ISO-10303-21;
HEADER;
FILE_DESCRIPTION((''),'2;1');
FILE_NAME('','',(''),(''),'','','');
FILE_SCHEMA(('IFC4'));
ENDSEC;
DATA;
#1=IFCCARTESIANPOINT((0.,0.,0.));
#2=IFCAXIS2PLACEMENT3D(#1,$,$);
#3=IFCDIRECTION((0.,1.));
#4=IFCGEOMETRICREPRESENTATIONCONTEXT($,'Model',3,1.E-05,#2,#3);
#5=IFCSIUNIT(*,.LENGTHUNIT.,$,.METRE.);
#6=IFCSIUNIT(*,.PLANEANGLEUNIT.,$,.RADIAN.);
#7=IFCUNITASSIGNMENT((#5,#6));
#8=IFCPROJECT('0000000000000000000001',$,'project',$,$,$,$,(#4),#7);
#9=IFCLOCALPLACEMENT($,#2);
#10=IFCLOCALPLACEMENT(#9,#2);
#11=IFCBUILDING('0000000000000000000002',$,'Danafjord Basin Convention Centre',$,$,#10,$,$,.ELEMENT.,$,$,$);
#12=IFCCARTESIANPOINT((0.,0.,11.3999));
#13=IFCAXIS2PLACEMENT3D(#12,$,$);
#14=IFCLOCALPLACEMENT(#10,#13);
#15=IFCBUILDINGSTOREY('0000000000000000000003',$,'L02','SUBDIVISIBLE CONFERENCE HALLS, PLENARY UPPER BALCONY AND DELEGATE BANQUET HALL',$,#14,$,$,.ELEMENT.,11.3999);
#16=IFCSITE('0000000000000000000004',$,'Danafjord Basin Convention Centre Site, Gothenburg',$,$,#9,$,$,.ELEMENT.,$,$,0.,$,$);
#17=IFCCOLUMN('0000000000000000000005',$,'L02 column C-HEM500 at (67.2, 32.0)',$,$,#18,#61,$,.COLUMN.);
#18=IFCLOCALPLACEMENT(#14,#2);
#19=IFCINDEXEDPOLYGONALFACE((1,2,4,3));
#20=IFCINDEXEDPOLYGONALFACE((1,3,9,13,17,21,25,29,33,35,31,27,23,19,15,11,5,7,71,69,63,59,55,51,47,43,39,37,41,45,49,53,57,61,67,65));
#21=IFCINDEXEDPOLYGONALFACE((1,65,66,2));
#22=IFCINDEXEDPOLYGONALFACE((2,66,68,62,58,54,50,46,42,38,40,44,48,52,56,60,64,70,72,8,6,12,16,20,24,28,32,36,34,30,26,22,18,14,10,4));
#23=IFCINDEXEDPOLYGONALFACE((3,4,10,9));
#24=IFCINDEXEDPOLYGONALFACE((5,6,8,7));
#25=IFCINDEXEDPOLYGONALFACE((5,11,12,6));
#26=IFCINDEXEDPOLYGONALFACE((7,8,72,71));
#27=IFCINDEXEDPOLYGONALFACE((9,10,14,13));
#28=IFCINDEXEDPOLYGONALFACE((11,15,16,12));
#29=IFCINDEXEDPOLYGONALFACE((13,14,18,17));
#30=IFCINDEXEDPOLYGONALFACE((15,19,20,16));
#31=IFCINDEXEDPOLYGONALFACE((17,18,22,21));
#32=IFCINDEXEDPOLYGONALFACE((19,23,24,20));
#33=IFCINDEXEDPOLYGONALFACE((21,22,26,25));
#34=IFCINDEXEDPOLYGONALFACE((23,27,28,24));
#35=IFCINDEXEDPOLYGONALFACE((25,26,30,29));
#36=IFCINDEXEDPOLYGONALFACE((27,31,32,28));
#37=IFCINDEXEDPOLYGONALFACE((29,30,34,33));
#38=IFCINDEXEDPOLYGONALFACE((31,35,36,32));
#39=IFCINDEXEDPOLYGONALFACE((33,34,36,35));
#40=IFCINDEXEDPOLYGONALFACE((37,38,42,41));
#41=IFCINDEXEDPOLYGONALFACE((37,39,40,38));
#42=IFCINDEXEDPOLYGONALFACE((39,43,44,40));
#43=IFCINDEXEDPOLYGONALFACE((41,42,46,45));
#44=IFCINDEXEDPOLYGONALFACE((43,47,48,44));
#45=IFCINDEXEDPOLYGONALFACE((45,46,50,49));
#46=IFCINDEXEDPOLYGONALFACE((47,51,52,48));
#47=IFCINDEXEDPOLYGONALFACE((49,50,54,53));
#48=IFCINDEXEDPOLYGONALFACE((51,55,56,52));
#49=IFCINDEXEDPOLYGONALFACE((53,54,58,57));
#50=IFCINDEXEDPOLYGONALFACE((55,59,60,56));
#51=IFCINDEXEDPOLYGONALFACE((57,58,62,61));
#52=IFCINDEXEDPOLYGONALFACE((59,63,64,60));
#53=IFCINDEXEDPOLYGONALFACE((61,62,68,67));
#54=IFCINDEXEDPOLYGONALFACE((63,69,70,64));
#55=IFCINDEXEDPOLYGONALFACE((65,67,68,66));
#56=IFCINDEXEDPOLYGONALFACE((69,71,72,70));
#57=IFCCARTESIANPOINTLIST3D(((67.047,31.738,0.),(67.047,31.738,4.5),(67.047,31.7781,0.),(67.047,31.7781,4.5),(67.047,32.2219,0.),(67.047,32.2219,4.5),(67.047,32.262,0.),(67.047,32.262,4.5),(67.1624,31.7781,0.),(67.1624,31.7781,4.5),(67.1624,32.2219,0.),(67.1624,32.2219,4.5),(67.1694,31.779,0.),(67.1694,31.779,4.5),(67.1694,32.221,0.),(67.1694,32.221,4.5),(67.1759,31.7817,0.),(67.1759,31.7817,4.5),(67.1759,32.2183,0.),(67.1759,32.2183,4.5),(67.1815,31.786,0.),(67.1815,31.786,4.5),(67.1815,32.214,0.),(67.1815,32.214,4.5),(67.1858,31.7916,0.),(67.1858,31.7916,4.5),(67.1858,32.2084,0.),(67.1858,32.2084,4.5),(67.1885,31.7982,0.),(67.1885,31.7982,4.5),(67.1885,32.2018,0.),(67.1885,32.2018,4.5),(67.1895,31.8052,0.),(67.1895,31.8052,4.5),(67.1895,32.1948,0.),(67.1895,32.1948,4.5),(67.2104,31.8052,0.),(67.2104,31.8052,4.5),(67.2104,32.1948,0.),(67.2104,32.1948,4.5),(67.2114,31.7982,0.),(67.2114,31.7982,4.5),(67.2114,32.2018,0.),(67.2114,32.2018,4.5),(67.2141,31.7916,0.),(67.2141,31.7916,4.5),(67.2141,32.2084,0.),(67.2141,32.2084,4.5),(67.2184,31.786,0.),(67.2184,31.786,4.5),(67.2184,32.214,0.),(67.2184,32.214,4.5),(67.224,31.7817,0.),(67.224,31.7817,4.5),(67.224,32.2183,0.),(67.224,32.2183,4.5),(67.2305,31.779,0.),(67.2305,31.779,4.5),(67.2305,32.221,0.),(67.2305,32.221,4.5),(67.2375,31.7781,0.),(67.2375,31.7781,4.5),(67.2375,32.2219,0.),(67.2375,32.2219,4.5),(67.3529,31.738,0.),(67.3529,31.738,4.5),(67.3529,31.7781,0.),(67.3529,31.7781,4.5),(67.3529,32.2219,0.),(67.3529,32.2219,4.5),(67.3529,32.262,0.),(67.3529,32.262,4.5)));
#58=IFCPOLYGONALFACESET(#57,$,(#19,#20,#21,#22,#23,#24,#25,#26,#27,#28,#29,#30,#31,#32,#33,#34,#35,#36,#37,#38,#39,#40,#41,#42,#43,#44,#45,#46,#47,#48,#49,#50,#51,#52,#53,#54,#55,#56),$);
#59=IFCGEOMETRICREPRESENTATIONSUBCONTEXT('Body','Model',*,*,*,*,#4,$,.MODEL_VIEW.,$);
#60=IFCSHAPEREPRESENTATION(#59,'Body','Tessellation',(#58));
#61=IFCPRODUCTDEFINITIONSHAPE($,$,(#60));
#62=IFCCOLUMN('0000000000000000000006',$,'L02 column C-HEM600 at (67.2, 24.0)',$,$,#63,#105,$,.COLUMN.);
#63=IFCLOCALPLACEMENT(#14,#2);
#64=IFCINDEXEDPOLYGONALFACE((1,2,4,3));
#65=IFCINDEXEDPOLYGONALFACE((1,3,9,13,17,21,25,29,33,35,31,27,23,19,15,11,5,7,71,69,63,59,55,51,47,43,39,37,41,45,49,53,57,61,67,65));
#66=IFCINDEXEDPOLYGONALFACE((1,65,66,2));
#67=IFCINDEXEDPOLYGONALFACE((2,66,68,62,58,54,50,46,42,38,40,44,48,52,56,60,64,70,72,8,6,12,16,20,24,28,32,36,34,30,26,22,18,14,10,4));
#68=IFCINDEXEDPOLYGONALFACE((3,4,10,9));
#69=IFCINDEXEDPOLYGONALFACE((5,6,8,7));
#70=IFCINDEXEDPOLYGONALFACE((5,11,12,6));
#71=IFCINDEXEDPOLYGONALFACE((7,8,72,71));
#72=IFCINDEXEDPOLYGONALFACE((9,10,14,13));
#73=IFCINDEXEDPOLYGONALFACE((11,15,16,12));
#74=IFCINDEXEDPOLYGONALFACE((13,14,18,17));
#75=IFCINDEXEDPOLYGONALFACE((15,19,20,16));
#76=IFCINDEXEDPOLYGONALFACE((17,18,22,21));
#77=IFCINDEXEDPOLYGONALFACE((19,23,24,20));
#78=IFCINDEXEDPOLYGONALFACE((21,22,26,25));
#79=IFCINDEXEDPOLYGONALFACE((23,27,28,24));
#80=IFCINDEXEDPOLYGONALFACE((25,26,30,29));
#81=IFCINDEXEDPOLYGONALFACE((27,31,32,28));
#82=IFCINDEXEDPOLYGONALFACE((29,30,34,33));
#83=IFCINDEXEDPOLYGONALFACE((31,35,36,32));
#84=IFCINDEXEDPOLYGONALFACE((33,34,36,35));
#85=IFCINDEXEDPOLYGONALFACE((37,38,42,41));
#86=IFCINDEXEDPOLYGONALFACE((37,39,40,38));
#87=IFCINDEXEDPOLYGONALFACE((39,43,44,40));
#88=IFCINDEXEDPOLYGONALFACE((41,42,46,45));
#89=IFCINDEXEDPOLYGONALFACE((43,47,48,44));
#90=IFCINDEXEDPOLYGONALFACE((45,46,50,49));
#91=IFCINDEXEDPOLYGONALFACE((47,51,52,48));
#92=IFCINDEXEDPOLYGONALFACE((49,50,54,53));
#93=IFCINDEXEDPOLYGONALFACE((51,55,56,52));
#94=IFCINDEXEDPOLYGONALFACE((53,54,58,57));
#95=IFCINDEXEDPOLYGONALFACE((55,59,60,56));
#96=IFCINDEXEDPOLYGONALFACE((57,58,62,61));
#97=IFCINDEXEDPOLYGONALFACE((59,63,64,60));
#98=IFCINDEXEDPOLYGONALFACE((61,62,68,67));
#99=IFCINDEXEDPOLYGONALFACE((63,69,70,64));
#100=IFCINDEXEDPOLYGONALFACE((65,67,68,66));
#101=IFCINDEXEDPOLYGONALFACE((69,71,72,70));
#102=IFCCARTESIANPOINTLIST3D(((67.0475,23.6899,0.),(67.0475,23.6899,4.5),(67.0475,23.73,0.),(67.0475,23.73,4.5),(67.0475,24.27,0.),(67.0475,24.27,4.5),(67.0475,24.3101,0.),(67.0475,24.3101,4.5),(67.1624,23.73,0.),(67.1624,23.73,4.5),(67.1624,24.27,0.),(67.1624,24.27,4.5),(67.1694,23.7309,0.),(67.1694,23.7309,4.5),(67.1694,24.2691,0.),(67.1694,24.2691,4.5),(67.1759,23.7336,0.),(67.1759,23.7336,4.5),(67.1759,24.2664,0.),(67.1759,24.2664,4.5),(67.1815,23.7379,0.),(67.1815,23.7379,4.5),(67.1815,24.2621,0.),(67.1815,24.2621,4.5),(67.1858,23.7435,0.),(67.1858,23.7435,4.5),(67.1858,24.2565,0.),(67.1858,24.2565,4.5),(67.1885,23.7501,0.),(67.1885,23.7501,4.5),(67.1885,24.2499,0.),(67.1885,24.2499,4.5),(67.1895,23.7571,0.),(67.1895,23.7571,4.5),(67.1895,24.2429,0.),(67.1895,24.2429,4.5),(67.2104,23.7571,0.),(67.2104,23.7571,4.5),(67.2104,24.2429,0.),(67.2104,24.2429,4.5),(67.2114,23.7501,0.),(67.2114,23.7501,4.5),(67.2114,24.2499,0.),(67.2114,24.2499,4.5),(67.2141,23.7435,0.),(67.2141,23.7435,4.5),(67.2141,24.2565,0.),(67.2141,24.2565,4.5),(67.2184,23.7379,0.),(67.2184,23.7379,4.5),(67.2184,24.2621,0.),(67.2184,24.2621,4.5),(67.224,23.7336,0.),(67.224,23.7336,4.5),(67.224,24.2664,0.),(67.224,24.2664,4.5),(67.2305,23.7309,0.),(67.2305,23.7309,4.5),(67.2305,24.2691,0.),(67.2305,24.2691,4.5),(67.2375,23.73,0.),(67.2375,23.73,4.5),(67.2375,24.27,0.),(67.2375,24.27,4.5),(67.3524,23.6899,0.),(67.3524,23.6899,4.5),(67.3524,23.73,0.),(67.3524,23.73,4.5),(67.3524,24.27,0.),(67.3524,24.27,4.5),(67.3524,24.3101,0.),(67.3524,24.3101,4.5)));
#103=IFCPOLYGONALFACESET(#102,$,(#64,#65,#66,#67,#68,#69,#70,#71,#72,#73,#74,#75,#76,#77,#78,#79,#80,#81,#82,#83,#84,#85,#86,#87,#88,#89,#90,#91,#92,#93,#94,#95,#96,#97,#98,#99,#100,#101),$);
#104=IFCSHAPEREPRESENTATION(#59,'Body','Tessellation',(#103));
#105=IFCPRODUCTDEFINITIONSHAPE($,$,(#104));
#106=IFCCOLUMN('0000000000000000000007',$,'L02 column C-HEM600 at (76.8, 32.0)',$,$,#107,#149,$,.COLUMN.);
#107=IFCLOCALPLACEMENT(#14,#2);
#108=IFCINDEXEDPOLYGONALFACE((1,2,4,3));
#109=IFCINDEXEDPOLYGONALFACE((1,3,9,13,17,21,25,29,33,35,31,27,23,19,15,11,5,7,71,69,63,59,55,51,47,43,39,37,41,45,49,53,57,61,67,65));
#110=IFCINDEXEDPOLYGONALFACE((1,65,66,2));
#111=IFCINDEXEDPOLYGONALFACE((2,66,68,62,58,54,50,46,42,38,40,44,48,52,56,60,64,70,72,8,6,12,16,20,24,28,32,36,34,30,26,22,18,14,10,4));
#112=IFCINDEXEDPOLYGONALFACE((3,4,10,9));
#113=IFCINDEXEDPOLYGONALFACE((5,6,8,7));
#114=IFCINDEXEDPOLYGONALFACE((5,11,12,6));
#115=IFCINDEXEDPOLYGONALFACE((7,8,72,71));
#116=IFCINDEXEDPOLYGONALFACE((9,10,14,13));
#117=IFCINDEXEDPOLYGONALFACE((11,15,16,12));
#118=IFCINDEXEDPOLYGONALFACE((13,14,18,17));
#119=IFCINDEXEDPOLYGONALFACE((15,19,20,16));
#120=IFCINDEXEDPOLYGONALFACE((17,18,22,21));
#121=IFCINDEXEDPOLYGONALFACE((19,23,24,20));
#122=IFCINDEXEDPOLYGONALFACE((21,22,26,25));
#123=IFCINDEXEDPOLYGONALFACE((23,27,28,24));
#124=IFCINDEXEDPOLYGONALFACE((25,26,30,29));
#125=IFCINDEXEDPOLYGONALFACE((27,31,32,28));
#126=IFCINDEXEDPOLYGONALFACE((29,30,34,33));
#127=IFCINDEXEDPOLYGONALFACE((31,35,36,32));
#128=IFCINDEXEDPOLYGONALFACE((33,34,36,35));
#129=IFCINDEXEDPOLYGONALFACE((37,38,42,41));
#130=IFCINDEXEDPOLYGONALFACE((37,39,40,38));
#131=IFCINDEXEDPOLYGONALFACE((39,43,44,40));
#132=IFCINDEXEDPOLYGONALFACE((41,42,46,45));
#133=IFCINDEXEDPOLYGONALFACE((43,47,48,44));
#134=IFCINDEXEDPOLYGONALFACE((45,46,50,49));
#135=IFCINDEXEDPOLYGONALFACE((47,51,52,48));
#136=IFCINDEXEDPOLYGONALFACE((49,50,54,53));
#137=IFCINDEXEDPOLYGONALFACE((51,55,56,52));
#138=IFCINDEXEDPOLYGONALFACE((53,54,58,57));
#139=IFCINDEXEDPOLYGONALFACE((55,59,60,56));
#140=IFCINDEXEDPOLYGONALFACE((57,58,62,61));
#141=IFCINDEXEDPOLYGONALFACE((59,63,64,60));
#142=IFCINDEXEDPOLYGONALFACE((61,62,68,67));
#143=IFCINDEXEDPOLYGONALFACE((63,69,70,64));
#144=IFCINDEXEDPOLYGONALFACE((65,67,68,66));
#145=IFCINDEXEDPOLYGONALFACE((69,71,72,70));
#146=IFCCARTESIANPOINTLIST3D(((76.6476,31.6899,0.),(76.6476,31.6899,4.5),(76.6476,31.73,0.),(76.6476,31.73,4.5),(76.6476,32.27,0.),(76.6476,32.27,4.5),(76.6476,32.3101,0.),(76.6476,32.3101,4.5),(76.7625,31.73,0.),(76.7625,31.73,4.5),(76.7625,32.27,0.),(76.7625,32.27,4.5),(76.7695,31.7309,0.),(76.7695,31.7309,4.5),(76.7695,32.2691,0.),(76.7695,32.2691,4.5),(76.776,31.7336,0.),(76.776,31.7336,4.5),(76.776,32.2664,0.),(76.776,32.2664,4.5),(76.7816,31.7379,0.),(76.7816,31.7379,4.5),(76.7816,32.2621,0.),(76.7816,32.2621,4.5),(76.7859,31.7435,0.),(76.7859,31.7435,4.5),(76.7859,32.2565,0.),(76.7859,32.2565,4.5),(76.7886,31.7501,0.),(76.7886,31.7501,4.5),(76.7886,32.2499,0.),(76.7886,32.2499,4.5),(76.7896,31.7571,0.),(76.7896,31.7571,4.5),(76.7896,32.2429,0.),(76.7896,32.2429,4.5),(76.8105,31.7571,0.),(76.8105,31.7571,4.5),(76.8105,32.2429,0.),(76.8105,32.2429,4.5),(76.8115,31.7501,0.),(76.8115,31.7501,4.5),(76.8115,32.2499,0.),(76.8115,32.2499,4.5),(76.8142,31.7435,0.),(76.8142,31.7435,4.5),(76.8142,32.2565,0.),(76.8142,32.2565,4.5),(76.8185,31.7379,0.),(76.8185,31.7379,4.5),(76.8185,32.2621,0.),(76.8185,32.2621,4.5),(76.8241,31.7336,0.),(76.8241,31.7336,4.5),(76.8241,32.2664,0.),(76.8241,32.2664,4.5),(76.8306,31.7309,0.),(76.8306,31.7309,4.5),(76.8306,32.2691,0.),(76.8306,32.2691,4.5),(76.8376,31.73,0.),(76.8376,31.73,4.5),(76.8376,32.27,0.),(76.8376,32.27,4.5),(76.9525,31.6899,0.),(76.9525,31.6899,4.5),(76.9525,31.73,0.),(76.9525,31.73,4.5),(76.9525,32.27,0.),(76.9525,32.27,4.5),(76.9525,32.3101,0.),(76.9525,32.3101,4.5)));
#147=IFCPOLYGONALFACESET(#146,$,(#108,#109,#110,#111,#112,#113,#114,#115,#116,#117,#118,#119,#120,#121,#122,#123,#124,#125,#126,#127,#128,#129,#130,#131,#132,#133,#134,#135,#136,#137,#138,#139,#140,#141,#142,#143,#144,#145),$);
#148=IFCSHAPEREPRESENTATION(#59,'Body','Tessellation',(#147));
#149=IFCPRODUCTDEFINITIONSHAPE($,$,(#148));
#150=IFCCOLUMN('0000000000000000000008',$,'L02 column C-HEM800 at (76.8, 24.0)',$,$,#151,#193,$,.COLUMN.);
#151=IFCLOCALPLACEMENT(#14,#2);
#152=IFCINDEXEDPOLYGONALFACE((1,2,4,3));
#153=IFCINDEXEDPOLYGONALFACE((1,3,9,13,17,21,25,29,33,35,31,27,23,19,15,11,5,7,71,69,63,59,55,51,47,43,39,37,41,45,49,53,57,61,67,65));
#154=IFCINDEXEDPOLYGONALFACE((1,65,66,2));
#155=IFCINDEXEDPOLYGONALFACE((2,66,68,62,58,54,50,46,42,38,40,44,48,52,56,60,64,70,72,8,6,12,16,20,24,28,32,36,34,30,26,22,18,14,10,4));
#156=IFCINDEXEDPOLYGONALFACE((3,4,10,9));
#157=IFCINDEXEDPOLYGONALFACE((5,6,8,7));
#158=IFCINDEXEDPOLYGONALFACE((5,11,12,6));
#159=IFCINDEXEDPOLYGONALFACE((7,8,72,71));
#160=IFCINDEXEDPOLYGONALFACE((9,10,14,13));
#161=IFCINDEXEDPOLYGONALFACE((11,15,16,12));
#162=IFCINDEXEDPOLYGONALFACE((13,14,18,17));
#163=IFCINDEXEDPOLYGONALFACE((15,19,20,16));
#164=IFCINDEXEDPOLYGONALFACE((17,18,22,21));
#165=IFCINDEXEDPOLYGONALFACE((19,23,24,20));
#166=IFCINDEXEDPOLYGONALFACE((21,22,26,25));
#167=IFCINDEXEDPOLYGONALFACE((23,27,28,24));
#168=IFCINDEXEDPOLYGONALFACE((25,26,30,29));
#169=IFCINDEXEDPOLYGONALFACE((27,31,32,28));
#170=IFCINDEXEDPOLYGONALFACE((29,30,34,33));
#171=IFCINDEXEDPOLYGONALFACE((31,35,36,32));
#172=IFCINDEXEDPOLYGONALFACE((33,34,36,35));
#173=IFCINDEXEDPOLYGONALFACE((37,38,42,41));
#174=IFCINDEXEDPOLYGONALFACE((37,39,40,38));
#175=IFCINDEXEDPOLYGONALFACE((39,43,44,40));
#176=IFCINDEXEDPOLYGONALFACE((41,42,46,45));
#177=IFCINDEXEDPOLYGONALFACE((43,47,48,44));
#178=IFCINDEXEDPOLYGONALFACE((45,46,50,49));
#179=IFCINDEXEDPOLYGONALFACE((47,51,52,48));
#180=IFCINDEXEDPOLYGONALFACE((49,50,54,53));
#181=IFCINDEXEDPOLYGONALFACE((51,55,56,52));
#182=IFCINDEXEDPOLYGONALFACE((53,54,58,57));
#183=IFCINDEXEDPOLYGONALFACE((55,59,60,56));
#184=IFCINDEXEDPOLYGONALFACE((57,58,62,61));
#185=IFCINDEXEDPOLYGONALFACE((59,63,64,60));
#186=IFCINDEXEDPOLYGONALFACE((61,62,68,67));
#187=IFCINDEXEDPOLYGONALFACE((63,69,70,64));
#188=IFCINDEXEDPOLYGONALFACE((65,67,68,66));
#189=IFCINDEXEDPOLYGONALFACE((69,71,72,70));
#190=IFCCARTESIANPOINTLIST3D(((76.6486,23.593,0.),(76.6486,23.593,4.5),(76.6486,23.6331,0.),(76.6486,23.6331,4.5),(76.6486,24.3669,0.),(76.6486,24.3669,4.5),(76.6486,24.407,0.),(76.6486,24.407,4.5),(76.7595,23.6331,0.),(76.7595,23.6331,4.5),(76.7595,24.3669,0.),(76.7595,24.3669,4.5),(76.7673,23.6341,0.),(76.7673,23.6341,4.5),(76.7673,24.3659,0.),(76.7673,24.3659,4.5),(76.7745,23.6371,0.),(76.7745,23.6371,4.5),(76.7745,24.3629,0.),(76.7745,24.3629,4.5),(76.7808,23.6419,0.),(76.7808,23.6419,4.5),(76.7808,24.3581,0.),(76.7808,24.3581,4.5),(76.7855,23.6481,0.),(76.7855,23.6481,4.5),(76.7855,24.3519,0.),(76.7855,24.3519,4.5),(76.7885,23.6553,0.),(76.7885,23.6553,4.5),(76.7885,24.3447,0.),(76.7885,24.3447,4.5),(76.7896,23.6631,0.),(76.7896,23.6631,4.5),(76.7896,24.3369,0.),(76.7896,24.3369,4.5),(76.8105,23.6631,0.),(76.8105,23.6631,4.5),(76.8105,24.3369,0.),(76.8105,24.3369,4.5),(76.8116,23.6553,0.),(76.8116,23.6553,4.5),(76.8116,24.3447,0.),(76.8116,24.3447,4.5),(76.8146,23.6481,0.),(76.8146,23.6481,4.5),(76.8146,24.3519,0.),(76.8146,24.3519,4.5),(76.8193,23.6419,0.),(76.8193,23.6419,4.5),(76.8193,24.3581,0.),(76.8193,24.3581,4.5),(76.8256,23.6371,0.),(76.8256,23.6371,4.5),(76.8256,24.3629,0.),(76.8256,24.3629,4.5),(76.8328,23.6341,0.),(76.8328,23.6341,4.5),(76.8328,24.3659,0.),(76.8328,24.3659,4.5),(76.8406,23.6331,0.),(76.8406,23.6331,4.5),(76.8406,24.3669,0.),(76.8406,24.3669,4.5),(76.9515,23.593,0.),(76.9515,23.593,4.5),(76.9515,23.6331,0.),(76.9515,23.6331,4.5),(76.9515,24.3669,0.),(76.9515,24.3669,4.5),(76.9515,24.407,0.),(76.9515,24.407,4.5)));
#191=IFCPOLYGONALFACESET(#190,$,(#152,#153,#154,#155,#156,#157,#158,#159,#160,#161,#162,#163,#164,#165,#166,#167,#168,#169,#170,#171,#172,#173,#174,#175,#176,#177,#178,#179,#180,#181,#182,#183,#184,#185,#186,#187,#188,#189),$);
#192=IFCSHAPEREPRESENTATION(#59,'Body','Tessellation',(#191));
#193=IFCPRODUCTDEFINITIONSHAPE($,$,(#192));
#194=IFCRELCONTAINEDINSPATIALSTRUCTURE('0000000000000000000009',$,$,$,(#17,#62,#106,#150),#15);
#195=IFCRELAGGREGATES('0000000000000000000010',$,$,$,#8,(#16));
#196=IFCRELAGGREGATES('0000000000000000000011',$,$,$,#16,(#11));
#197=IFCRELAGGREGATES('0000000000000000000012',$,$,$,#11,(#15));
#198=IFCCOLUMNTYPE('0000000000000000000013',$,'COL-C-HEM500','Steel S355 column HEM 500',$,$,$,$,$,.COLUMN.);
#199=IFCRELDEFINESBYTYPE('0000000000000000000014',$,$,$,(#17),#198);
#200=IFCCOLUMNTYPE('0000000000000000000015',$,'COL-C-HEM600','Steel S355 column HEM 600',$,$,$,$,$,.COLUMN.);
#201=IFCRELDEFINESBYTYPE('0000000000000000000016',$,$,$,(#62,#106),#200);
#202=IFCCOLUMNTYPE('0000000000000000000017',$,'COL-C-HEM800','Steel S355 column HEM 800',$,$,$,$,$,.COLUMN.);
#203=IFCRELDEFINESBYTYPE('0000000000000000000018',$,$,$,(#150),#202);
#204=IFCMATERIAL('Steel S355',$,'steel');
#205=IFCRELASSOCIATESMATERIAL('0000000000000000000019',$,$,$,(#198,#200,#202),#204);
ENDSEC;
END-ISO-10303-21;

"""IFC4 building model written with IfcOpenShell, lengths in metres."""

from ifc_helpers import new_model, si_unit, direction, frame, origin, origin_2d, place, context, subcontext, project, spatial, i_section, extrude, material, material_profile, profile_set, type_object, element, save


model = new_model("IFC4")

# Units and contexts
model_context = context("Model", 3, precision=1e-05, world=origin(), true_north=direction((0.0, 1.0)))
body_context = subcontext(model_context, "Body", "Model", "MODEL_VIEW")
ifc_project = project(units=[si_unit("LENGTHUNIT", "METRE"), si_unit("PLANEANGLEUNIT", "RADIAN")], contexts=[model_context])

# Site, building, storey
site_placement = place(None, origin())
site = spatial("IfcSite", under=ifc_project, at=site_placement, Name="Danafjord Basin Convention Centre Site, Gothenburg", CompositionType="ELEMENT", RefElevation=0.0)
building_placement = place(site_placement, origin())
building = spatial("IfcBuilding", under=site, at=building_placement, Name="Danafjord Basin Convention Centre", CompositionType="ELEMENT")
storey_placement = place(building_placement, frame((0.0, 0.0, 11.3999)))
storey = spatial("IfcBuildingStorey", under=building, at=storey_placement, Name="L02", Description="SUBDIVISIBLE CONFERENCE HALLS, PLENARY UPPER BALCONY AND DELEGATE BANQUET HALL", CompositionType="ELEMENT", Elevation=11.3999)

# Columns
ifc_material_1 = material(Name="Steel S355", Category="steel")
ifc_material_profile_1 = material_profile(ifc_material_1, i_section(OverallWidth=0.3059, OverallDepth=0.5239, WebThickness=0.021, FlangeThickness=0.04, FilletRadius=0.0271, at=origin_2d()), Name="HEM 500")
ifc_profile_set_1 = profile_set([ifc_material_profile_1], Name="Steel S355")
column_type_1 = type_object("IfcColumnType", Name="COL-C-HEM500", Description="Steel S355 column HEM 500", PredefinedType="COLUMN", material=ifc_profile_set_1)
column_1_placement = place(storey_placement, frame((67.2, 32.0, 0.0), z_axis=(0.0, 0.0, 1.0), x_axis=(1.0, 0.0, 0.0)))
element("IfcColumn", 1, at=column_1_placement, inside=storey, type_object=column_type_1, Name="L02 column C-HEM500 at (67.2, 32.0)", PredefinedType="COLUMN", context=body_context, shape_type="SweptSolid", body=[
    extrude(i_section(OverallWidth=0.3059, OverallDepth=0.5239, WebThickness=0.021, FlangeThickness=0.04, FilletRadius=0.0271, at=origin_2d()), origin(), (0.0, 0.0, 1.0), 4.5),
])
ifc_material_profile_2 = material_profile(ifc_material_1, i_section(OverallWidth=0.3049, OverallDepth=0.6201, WebThickness=0.021, FlangeThickness=0.04, FilletRadius=0.0271, at=origin_2d()), Name="HEM 600")
ifc_profile_set_2 = profile_set([ifc_material_profile_2], Name="Steel S355")
column_type_2 = type_object("IfcColumnType", Name="COL-C-HEM600", Description="Steel S355 column HEM 600", PredefinedType="COLUMN", material=ifc_profile_set_2)
for number, where, z_axis, x_axis, name in (
    (2, (67.2, 24.0, 0.0), (0.0, 0.0, 1.0), (1.0, 0.0, 0.0), "L02 column C-HEM600 at (67.2, 24.0)"),
    (3, (76.8, 32.0, 0.0), (0.0, 0.0, 1.0), (1.0, 0.0, 0.0), "L02 column C-HEM600 at (76.8, 32.0)"),
):
    element("IfcColumn", number, at=place(storey_placement, frame(where, z_axis=z_axis, x_axis=x_axis)), inside=storey, type_object=column_type_2, Name=name, PredefinedType="COLUMN", context=body_context, shape_type="SweptSolid", body=[
        extrude(i_section(OverallWidth=0.3049, OverallDepth=0.6201, WebThickness=0.021, FlangeThickness=0.04, FilletRadius=0.0271, at=origin_2d()), origin(), (0.0, 0.0, 1.0), 4.5),
    ])
ifc_material_profile_3 = material_profile(ifc_material_1, i_section(OverallWidth=0.303, OverallDepth=0.814, WebThickness=0.021, FlangeThickness=0.04, FilletRadius=0.03, at=origin_2d()), Name="HEM 800")
ifc_profile_set_3 = profile_set([ifc_material_profile_3], Name="Steel S355")
column_type_3 = type_object("IfcColumnType", Name="COL-C-HEM800", Description="Steel S355 column HEM 800", PredefinedType="COLUMN", material=ifc_profile_set_3)
column_2_placement = place(storey_placement, frame((76.8, 24.0, 0.0), z_axis=(0.0, 0.0, 1.0), x_axis=(1.0, 0.0, 0.0)))
element("IfcColumn", 4, at=column_2_placement, inside=storey, type_object=column_type_3, Name="L02 column C-HEM800 at (76.8, 24.0)", PredefinedType="COLUMN", context=body_context, shape_type="SweptSolid", body=[
    extrude(i_section(OverallWidth=0.303, OverallDepth=0.814, WebThickness=0.021, FlangeThickness=0.04, FilletRadius=0.03, at=origin_2d()), origin(), (0.0, 0.0, 1.0), 4.5),
])

save(model, "model.ifc")
